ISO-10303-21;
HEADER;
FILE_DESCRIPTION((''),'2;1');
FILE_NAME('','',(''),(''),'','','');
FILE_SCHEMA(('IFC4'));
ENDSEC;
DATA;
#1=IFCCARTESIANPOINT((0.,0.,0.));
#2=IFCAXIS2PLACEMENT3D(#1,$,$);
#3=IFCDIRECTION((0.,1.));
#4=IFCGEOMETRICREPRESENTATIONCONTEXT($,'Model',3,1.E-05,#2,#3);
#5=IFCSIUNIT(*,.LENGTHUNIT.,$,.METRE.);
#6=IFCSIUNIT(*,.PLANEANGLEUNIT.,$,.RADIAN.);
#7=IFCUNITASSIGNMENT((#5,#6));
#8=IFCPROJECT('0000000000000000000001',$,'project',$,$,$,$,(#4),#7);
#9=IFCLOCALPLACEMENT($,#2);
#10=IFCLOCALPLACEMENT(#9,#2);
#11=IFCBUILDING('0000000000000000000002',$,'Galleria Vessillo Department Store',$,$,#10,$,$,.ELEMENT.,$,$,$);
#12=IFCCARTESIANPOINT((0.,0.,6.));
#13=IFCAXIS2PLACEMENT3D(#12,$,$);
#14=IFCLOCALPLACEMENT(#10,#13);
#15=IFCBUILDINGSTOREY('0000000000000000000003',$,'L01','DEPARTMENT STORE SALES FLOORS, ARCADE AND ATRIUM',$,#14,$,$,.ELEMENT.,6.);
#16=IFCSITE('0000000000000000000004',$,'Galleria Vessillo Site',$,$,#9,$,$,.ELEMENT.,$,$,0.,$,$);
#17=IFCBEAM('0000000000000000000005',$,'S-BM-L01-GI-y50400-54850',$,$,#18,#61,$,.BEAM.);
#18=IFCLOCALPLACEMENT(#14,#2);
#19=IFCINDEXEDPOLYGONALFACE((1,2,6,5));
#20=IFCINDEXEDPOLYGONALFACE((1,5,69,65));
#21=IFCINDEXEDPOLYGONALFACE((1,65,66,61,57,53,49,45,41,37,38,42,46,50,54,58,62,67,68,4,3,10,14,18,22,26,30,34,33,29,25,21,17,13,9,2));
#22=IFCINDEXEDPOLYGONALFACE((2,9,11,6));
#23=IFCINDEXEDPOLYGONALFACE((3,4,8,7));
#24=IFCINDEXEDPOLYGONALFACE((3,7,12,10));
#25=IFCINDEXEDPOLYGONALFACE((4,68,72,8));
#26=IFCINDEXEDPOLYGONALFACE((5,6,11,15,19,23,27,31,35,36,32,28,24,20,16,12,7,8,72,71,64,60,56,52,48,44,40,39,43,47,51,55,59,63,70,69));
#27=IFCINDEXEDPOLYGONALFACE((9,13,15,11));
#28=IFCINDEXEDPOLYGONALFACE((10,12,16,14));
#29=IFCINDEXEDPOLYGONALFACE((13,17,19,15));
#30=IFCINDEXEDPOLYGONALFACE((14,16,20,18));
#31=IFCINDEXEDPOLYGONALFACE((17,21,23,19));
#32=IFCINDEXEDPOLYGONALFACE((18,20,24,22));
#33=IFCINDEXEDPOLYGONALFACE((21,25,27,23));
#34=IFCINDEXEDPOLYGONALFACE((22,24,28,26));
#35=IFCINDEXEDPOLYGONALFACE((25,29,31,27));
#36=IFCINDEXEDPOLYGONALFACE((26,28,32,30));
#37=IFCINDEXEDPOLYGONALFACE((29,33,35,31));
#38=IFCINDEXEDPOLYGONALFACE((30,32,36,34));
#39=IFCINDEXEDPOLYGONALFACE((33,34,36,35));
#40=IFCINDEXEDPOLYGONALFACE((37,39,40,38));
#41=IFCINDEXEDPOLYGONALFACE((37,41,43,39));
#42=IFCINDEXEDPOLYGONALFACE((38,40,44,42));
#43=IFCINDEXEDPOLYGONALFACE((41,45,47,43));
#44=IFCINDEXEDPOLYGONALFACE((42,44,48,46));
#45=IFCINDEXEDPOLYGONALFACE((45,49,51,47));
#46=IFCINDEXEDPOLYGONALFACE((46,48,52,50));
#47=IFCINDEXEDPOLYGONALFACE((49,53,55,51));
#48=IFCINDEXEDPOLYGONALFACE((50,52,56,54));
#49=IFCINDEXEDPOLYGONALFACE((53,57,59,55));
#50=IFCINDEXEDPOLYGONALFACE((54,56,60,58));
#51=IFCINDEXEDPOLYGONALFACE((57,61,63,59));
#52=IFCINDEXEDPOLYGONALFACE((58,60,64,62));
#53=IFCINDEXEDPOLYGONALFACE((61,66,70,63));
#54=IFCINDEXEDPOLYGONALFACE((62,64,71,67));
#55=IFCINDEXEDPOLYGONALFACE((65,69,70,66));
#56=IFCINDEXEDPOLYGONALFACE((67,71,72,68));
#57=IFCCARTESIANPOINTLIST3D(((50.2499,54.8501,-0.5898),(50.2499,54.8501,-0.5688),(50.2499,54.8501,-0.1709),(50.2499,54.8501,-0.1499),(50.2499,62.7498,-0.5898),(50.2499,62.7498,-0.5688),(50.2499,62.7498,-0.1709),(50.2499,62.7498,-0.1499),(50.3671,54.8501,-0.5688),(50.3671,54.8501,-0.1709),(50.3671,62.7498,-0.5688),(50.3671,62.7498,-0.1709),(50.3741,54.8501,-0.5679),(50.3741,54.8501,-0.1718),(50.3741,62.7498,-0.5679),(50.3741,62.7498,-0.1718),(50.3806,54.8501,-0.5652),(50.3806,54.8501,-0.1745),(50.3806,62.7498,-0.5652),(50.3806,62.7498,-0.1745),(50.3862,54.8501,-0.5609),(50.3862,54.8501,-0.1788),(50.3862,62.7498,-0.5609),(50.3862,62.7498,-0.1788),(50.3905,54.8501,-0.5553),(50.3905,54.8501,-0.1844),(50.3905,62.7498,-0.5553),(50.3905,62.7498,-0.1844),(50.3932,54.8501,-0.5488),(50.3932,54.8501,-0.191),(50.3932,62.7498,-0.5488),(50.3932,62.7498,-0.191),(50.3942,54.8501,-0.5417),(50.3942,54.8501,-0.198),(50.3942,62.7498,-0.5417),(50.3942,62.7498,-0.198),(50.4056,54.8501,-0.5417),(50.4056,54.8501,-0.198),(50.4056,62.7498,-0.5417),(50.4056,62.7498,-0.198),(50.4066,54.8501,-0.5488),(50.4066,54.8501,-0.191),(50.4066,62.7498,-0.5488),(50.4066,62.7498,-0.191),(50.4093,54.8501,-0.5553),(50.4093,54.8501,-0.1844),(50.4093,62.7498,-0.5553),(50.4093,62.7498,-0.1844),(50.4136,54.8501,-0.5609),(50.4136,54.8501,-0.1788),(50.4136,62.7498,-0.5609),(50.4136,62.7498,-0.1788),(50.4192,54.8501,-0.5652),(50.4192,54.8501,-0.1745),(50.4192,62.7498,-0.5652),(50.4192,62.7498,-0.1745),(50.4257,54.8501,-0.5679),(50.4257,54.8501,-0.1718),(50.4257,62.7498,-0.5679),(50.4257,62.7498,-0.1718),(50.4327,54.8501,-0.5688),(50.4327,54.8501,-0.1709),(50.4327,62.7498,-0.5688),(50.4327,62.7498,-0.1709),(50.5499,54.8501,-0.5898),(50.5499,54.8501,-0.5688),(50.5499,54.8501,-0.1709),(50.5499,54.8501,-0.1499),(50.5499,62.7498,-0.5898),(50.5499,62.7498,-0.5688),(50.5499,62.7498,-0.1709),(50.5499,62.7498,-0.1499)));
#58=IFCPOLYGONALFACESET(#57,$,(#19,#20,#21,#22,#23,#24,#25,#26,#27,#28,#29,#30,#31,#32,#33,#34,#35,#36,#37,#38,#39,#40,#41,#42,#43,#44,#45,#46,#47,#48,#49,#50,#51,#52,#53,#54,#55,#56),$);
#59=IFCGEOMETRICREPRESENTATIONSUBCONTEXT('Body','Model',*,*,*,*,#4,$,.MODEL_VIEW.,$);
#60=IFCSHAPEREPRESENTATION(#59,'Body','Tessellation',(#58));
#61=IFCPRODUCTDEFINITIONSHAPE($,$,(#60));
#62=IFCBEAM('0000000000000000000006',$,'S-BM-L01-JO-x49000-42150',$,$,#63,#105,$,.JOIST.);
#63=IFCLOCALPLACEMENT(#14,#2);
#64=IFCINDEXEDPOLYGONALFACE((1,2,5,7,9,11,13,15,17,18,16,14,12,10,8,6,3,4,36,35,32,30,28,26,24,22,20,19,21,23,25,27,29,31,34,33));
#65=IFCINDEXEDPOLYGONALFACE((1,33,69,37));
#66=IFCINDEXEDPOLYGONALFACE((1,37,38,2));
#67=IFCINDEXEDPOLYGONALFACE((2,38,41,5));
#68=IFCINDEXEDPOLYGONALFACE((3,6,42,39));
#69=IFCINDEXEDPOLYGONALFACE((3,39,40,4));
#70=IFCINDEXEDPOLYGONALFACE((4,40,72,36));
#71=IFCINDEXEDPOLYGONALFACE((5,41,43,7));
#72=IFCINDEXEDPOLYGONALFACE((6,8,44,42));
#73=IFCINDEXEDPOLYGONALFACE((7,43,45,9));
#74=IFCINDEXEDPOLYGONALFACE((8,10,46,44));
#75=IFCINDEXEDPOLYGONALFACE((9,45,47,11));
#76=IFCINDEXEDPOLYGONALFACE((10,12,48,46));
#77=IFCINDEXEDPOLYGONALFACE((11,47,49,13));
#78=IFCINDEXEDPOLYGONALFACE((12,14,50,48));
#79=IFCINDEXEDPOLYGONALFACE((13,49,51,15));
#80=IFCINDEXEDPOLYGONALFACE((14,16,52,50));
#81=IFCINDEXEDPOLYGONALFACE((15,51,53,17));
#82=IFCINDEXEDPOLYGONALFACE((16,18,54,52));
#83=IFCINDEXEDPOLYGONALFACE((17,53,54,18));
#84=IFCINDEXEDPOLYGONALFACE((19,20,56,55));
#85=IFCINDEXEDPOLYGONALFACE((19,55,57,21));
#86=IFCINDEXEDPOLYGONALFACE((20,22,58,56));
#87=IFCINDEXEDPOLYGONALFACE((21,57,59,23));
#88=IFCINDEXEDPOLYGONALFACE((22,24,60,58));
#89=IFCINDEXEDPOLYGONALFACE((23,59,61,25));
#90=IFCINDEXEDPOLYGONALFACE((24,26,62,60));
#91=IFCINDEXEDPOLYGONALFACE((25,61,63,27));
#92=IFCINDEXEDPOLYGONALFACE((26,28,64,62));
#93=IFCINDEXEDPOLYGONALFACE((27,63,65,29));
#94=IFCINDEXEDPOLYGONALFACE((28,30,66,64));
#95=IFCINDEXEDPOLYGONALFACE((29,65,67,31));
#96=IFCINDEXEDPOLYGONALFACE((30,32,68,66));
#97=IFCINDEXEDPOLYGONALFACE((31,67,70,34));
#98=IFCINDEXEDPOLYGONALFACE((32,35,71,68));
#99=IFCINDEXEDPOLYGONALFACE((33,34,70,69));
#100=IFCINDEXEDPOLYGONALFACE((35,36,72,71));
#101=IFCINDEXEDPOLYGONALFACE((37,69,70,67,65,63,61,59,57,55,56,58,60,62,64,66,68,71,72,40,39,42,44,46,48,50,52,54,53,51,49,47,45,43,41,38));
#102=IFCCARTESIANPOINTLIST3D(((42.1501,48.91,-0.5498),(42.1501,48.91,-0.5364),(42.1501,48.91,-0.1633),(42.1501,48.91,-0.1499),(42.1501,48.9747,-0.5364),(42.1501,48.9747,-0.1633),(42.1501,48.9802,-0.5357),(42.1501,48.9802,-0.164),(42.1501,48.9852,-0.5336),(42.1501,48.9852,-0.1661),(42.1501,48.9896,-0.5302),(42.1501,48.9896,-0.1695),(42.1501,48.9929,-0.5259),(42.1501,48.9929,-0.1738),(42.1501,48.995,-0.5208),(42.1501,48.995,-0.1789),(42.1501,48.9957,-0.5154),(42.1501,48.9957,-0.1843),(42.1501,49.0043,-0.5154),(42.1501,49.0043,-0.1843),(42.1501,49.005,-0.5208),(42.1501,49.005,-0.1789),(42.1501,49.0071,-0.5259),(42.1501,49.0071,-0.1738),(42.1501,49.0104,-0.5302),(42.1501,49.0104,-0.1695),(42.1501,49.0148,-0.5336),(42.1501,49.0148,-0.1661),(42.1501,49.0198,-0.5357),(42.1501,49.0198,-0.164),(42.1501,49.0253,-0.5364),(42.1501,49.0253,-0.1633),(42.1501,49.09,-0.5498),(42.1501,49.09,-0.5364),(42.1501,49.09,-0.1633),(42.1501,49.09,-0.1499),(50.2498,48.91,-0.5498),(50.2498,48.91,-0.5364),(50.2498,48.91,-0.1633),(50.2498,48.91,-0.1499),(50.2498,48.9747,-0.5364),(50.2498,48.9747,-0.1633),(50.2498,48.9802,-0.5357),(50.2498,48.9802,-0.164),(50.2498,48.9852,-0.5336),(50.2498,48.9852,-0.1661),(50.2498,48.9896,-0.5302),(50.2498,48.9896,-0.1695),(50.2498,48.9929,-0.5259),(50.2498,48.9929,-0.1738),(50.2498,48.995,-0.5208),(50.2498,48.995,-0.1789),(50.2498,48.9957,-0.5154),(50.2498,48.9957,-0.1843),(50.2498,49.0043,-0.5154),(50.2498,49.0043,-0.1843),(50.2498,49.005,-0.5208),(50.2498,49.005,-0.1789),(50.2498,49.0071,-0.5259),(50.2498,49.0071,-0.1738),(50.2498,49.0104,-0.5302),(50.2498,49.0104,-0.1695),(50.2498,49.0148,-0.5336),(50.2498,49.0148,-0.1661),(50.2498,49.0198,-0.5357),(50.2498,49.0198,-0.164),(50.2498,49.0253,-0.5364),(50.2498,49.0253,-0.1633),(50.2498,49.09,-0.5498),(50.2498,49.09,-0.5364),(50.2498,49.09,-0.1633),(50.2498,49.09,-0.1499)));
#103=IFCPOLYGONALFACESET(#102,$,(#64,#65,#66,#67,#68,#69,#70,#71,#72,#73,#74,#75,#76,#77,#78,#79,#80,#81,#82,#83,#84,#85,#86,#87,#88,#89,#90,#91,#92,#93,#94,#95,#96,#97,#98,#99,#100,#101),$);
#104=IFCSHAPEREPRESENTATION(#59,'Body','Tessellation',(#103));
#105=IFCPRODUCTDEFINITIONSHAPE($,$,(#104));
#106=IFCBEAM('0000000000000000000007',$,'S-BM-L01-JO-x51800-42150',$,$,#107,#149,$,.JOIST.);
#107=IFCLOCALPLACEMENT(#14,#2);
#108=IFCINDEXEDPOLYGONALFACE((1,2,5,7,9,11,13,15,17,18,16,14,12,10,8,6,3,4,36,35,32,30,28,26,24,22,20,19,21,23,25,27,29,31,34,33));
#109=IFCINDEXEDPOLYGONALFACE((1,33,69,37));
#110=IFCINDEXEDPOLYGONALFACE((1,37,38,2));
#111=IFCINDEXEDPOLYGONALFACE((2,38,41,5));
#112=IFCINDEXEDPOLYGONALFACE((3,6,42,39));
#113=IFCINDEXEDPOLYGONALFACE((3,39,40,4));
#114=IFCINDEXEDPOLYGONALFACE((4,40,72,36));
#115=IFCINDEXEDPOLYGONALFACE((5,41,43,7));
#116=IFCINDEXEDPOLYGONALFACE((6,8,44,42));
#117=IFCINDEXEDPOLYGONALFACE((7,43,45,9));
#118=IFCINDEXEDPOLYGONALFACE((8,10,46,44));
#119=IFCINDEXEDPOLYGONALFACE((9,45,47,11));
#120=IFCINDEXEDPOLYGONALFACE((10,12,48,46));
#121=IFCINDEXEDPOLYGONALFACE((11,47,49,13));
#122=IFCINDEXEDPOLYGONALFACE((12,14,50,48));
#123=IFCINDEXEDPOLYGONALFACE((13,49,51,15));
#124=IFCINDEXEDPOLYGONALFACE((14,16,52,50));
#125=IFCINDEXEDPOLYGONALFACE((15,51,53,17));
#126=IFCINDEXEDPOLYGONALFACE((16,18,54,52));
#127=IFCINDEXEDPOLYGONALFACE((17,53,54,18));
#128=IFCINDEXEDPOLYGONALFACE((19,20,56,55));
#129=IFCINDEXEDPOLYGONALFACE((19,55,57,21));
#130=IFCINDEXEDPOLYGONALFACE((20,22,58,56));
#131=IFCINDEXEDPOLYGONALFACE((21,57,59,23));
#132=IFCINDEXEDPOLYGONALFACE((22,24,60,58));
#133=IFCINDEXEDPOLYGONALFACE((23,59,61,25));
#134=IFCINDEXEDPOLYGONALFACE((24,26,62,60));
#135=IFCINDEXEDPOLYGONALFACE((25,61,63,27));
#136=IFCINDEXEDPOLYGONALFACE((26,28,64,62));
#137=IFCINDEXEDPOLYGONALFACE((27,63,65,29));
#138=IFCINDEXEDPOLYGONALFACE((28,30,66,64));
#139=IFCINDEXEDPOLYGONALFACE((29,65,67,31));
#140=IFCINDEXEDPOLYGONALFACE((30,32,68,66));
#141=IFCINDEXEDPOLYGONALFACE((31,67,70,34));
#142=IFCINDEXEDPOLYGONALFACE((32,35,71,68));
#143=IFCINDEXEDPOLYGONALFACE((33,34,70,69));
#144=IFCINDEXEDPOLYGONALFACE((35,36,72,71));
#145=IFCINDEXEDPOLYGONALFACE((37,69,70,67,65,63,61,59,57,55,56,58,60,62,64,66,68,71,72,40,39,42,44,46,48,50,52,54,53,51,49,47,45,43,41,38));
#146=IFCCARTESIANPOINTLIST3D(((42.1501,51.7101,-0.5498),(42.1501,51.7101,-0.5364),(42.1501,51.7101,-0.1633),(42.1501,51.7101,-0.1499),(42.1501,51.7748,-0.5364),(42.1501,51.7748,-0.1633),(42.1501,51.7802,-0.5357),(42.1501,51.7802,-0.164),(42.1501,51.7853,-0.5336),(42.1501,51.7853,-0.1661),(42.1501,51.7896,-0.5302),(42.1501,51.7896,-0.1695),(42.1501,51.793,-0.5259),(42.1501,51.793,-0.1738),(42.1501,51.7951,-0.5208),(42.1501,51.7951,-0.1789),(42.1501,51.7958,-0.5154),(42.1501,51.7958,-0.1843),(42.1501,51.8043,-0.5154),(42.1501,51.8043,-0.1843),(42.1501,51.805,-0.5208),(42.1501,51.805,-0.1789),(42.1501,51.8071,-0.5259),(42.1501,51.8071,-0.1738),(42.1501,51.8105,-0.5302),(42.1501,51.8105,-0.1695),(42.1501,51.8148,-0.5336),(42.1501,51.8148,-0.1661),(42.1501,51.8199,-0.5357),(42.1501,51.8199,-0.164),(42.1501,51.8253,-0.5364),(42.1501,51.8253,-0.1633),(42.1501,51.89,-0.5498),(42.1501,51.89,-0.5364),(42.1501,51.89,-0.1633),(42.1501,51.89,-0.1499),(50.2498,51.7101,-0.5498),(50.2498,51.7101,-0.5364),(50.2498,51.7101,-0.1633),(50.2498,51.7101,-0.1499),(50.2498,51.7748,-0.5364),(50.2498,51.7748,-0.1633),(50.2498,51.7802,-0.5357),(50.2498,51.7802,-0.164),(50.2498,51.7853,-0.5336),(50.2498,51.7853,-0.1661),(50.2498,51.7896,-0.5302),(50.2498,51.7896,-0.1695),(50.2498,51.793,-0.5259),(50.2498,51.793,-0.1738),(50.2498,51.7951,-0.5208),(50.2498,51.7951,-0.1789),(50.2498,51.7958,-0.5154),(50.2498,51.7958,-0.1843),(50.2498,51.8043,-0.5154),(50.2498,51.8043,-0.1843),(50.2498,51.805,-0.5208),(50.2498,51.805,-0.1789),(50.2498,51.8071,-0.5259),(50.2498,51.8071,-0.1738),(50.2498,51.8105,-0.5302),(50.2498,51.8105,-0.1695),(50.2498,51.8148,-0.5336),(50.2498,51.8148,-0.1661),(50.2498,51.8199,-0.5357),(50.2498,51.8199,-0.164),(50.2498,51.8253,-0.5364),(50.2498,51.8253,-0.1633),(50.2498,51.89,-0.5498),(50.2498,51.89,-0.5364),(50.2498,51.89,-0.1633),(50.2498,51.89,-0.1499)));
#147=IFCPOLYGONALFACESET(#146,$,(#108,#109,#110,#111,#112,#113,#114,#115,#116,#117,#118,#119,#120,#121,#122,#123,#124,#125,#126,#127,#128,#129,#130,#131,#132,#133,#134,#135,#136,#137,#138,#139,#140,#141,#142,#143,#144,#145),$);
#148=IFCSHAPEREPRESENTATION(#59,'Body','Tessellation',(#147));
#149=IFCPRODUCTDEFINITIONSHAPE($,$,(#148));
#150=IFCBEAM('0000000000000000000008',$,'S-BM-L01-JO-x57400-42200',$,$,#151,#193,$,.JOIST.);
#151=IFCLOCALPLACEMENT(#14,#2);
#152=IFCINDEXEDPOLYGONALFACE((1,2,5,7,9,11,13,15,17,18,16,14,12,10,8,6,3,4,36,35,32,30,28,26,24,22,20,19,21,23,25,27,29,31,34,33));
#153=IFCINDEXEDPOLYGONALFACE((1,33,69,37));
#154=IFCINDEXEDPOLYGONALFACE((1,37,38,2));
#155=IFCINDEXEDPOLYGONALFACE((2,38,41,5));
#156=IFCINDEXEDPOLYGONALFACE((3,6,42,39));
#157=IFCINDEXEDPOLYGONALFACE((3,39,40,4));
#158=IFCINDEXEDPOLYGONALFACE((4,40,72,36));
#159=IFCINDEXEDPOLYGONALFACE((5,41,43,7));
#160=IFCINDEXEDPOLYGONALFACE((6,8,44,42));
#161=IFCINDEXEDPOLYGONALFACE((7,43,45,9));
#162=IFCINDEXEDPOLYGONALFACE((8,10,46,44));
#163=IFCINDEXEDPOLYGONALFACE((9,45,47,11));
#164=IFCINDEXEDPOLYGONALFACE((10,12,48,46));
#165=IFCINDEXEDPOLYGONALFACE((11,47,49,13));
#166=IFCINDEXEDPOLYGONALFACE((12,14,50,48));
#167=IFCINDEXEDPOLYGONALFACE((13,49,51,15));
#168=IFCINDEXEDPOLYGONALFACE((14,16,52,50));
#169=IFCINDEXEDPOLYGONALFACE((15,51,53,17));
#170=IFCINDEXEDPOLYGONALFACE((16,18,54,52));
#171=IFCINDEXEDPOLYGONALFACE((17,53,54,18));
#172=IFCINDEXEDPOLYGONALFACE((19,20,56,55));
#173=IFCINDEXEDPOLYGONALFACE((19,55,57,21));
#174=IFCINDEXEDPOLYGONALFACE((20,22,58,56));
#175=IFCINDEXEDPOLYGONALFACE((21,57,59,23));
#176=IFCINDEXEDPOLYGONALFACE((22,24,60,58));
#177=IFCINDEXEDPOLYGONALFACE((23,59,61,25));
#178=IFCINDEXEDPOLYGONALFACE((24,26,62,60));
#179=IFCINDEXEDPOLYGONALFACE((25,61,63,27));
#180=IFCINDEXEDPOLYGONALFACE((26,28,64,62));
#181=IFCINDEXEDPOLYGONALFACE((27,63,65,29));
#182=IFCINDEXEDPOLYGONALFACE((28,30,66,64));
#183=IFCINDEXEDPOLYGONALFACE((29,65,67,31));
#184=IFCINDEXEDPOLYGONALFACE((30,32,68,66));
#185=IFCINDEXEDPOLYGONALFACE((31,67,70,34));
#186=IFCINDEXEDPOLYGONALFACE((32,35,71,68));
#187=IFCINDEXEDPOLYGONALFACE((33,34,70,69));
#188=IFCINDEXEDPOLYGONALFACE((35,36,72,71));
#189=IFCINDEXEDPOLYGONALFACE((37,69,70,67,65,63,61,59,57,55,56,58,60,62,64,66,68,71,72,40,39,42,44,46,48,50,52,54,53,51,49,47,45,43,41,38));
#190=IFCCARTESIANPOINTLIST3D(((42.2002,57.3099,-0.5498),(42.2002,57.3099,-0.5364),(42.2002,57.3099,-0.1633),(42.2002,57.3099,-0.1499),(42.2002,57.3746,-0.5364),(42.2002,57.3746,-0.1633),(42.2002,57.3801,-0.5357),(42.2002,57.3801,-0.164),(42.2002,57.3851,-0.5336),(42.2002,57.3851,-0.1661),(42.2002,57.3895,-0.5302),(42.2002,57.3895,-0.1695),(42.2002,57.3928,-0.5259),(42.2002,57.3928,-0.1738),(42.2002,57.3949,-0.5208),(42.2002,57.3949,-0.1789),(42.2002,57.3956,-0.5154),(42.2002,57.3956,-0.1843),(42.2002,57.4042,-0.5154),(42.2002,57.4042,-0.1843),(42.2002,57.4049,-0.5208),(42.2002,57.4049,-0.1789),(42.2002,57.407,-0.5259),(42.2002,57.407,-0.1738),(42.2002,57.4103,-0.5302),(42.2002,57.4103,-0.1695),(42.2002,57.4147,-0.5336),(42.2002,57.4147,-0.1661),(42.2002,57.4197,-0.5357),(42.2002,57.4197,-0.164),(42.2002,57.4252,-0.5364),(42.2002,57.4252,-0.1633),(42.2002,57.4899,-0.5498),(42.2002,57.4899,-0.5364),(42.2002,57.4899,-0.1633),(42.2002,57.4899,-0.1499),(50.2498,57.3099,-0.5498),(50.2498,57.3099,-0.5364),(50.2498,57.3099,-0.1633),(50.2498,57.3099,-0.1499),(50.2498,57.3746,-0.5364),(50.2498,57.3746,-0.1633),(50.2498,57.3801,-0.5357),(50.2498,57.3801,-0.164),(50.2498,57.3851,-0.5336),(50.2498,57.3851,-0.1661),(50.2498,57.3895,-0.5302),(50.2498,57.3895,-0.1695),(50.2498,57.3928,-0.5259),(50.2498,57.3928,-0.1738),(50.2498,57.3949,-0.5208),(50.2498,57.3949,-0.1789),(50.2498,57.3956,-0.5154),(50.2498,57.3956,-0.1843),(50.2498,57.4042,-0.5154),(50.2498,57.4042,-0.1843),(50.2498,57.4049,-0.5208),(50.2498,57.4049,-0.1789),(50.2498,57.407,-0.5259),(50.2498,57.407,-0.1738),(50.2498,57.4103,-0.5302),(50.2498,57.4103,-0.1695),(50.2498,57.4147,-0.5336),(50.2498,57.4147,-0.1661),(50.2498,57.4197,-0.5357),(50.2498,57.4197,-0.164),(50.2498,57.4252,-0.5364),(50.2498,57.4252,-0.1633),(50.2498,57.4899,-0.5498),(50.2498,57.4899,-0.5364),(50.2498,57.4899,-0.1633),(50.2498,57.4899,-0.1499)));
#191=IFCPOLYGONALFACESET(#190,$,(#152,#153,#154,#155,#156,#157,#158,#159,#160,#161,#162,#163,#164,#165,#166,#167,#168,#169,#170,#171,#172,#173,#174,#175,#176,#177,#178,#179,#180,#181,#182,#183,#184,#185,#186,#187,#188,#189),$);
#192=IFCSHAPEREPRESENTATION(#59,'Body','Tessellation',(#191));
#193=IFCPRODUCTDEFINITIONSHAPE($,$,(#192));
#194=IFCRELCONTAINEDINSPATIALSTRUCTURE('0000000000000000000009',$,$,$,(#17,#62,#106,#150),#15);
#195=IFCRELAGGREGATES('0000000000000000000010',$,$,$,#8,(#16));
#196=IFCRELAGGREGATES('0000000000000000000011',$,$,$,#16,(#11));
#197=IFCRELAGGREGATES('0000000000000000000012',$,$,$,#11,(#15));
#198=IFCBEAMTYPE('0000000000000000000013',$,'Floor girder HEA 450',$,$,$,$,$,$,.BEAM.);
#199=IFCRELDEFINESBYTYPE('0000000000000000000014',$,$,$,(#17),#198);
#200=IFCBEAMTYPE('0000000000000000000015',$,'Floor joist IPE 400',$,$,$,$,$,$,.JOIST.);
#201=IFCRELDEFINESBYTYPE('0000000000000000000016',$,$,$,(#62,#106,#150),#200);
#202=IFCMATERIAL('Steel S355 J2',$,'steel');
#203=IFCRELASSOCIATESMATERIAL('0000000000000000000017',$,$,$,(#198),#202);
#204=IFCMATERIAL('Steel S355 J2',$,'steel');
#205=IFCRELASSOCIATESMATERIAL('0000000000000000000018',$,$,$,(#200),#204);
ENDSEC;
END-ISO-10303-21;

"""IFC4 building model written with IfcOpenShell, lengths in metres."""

from ifc_helpers import new_model, si_unit, direction, frame, origin, origin_2d, place, context, subcontext, project, spatial, i_section, extrude, material, material_profile, profile_set, type_object, element, save


model = new_model("IFC4")

# Units and contexts
model_context = context("Model", 3, precision=1e-05, world=origin(), true_north=direction((0.0, 1.0)))
body_context = subcontext(model_context, "Body", "Model", "MODEL_VIEW")
ifc_project = project(units=[si_unit("LENGTHUNIT", "METRE"), si_unit("PLANEANGLEUNIT", "RADIAN")], contexts=[model_context])

# Site, building, storey
site_placement = place(None, origin())
site = spatial("IfcSite", under=ifc_project, at=site_placement, Name="Galleria Vessillo Site", CompositionType="ELEMENT", RefElevation=0.0)
building_placement = place(site_placement, origin())
building = spatial("IfcBuilding", under=site, at=building_placement, Name="Galleria Vessillo Department Store", CompositionType="ELEMENT")
storey_placement = place(building_placement, frame((0.0, 0.0, 6.0)))
storey = spatial("IfcBuildingStorey", under=building, at=storey_placement, Name="L01", Description="DEPARTMENT STORE SALES FLOORS, ARCADE AND ATRIUM", CompositionType="ELEMENT", Elevation=6.0)

# Beams
ifc_material_1 = material(Name="Steel S355 J2", Category="steel")
ifc_material_profile_1 = material_profile(ifc_material_1, i_section(OverallWidth=0.3, OverallDepth=0.4399, WebThickness=0.0115, FlangeThickness=0.021, FilletRadius=0.0271, at=origin_2d()), Name="HEA 450")
ifc_profile_set_1 = profile_set([ifc_material_profile_1], Name="Steel S355 J2")
beam_type_1 = type_object("IfcBeamType", Name="Floor girder HEA 450", PredefinedType="BEAM", material=ifc_profile_set_1)
for number, where, z_axis, x_axis, name in (
    (1, (50.3999, 54.8501, -0.3699), (0.0, 1.0, 0.0), (-1.0, 0.0, 0.0), "S-BM-L01-GI-y50400-54850"),
):
    element("IfcBeam", number, at=place(storey_placement, frame(where, z_axis=z_axis, x_axis=x_axis)), inside=storey, type_object=beam_type_1, Name=name, PredefinedType="BEAM", context=body_context, shape_type="SweptSolid", body=[
        extrude(i_section(OverallWidth=0.3, OverallDepth=0.4399, WebThickness=0.0115, FlangeThickness=0.021, FilletRadius=0.0271, at=origin_2d()), origin(), (0.0, 0.0, 1.0), 7.8997),
    ])
ifc_material_2 = material(Name="Steel S355 J2", Category="steel")
ifc_material_profile_2 = material_profile(ifc_material_2, i_section(OverallWidth=0.1799, OverallDepth=0.3999, WebThickness=0.0085, FlangeThickness=0.0134, FilletRadius=0.021, at=origin_2d()), Name="IPE 400")
ifc_profile_set_2 = profile_set([ifc_material_profile_2], Name="Steel S355 J2")
beam_type_2 = type_object("IfcBeamType", Name="Floor joist IPE 400", PredefinedType="JOIST", material=ifc_profile_set_2)
for number, where, z_axis, x_axis, name in (
    (2, (42.1501, 49.0, -0.3499), (1.0, 0.0, 0.0), (0.0, 1.0, 0.0), "S-BM-L01-JO-x49000-42150"),
    (3, (42.1501, 51.8, -0.3499), (1.0, 0.0, 0.0), (0.0, 1.0, 0.0), "S-BM-L01-JO-x51800-42150"),
):
    element("IfcBeam", number, at=place(storey_placement, frame(where, z_axis=z_axis, x_axis=x_axis)), inside=storey, type_object=beam_type_2, Name=name, PredefinedType="JOIST", context=body_context, shape_type="SweptSolid", body=[
        extrude(i_section(OverallWidth=0.1799, OverallDepth=0.3999, WebThickness=0.0085, FlangeThickness=0.0134, FilletRadius=0.021, at=origin_2d()), origin(), (0.0, 0.0, 1.0), 8.0996),
    ])
for number, where, z_axis, x_axis, name in (
    (4, (42.2002, 57.3999, -0.3499), (1.0, 0.0, 0.0), (0.0, 1.0, 0.0), "S-BM-L01-JO-x57400-42200"),
):
    element("IfcBeam", number, at=place(storey_placement, frame(where, z_axis=z_axis, x_axis=x_axis)), inside=storey, type_object=beam_type_2, Name=name, PredefinedType="JOIST", context=body_context, shape_type="SweptSolid", body=[
        extrude(i_section(OverallWidth=0.1799, OverallDepth=0.3999, WebThickness=0.0085, FlangeThickness=0.0134, FilletRadius=0.021, at=origin_2d()), origin(), (0.0, 0.0, 1.0), 8.0496),
    ])

save(model, "model.ifc")
